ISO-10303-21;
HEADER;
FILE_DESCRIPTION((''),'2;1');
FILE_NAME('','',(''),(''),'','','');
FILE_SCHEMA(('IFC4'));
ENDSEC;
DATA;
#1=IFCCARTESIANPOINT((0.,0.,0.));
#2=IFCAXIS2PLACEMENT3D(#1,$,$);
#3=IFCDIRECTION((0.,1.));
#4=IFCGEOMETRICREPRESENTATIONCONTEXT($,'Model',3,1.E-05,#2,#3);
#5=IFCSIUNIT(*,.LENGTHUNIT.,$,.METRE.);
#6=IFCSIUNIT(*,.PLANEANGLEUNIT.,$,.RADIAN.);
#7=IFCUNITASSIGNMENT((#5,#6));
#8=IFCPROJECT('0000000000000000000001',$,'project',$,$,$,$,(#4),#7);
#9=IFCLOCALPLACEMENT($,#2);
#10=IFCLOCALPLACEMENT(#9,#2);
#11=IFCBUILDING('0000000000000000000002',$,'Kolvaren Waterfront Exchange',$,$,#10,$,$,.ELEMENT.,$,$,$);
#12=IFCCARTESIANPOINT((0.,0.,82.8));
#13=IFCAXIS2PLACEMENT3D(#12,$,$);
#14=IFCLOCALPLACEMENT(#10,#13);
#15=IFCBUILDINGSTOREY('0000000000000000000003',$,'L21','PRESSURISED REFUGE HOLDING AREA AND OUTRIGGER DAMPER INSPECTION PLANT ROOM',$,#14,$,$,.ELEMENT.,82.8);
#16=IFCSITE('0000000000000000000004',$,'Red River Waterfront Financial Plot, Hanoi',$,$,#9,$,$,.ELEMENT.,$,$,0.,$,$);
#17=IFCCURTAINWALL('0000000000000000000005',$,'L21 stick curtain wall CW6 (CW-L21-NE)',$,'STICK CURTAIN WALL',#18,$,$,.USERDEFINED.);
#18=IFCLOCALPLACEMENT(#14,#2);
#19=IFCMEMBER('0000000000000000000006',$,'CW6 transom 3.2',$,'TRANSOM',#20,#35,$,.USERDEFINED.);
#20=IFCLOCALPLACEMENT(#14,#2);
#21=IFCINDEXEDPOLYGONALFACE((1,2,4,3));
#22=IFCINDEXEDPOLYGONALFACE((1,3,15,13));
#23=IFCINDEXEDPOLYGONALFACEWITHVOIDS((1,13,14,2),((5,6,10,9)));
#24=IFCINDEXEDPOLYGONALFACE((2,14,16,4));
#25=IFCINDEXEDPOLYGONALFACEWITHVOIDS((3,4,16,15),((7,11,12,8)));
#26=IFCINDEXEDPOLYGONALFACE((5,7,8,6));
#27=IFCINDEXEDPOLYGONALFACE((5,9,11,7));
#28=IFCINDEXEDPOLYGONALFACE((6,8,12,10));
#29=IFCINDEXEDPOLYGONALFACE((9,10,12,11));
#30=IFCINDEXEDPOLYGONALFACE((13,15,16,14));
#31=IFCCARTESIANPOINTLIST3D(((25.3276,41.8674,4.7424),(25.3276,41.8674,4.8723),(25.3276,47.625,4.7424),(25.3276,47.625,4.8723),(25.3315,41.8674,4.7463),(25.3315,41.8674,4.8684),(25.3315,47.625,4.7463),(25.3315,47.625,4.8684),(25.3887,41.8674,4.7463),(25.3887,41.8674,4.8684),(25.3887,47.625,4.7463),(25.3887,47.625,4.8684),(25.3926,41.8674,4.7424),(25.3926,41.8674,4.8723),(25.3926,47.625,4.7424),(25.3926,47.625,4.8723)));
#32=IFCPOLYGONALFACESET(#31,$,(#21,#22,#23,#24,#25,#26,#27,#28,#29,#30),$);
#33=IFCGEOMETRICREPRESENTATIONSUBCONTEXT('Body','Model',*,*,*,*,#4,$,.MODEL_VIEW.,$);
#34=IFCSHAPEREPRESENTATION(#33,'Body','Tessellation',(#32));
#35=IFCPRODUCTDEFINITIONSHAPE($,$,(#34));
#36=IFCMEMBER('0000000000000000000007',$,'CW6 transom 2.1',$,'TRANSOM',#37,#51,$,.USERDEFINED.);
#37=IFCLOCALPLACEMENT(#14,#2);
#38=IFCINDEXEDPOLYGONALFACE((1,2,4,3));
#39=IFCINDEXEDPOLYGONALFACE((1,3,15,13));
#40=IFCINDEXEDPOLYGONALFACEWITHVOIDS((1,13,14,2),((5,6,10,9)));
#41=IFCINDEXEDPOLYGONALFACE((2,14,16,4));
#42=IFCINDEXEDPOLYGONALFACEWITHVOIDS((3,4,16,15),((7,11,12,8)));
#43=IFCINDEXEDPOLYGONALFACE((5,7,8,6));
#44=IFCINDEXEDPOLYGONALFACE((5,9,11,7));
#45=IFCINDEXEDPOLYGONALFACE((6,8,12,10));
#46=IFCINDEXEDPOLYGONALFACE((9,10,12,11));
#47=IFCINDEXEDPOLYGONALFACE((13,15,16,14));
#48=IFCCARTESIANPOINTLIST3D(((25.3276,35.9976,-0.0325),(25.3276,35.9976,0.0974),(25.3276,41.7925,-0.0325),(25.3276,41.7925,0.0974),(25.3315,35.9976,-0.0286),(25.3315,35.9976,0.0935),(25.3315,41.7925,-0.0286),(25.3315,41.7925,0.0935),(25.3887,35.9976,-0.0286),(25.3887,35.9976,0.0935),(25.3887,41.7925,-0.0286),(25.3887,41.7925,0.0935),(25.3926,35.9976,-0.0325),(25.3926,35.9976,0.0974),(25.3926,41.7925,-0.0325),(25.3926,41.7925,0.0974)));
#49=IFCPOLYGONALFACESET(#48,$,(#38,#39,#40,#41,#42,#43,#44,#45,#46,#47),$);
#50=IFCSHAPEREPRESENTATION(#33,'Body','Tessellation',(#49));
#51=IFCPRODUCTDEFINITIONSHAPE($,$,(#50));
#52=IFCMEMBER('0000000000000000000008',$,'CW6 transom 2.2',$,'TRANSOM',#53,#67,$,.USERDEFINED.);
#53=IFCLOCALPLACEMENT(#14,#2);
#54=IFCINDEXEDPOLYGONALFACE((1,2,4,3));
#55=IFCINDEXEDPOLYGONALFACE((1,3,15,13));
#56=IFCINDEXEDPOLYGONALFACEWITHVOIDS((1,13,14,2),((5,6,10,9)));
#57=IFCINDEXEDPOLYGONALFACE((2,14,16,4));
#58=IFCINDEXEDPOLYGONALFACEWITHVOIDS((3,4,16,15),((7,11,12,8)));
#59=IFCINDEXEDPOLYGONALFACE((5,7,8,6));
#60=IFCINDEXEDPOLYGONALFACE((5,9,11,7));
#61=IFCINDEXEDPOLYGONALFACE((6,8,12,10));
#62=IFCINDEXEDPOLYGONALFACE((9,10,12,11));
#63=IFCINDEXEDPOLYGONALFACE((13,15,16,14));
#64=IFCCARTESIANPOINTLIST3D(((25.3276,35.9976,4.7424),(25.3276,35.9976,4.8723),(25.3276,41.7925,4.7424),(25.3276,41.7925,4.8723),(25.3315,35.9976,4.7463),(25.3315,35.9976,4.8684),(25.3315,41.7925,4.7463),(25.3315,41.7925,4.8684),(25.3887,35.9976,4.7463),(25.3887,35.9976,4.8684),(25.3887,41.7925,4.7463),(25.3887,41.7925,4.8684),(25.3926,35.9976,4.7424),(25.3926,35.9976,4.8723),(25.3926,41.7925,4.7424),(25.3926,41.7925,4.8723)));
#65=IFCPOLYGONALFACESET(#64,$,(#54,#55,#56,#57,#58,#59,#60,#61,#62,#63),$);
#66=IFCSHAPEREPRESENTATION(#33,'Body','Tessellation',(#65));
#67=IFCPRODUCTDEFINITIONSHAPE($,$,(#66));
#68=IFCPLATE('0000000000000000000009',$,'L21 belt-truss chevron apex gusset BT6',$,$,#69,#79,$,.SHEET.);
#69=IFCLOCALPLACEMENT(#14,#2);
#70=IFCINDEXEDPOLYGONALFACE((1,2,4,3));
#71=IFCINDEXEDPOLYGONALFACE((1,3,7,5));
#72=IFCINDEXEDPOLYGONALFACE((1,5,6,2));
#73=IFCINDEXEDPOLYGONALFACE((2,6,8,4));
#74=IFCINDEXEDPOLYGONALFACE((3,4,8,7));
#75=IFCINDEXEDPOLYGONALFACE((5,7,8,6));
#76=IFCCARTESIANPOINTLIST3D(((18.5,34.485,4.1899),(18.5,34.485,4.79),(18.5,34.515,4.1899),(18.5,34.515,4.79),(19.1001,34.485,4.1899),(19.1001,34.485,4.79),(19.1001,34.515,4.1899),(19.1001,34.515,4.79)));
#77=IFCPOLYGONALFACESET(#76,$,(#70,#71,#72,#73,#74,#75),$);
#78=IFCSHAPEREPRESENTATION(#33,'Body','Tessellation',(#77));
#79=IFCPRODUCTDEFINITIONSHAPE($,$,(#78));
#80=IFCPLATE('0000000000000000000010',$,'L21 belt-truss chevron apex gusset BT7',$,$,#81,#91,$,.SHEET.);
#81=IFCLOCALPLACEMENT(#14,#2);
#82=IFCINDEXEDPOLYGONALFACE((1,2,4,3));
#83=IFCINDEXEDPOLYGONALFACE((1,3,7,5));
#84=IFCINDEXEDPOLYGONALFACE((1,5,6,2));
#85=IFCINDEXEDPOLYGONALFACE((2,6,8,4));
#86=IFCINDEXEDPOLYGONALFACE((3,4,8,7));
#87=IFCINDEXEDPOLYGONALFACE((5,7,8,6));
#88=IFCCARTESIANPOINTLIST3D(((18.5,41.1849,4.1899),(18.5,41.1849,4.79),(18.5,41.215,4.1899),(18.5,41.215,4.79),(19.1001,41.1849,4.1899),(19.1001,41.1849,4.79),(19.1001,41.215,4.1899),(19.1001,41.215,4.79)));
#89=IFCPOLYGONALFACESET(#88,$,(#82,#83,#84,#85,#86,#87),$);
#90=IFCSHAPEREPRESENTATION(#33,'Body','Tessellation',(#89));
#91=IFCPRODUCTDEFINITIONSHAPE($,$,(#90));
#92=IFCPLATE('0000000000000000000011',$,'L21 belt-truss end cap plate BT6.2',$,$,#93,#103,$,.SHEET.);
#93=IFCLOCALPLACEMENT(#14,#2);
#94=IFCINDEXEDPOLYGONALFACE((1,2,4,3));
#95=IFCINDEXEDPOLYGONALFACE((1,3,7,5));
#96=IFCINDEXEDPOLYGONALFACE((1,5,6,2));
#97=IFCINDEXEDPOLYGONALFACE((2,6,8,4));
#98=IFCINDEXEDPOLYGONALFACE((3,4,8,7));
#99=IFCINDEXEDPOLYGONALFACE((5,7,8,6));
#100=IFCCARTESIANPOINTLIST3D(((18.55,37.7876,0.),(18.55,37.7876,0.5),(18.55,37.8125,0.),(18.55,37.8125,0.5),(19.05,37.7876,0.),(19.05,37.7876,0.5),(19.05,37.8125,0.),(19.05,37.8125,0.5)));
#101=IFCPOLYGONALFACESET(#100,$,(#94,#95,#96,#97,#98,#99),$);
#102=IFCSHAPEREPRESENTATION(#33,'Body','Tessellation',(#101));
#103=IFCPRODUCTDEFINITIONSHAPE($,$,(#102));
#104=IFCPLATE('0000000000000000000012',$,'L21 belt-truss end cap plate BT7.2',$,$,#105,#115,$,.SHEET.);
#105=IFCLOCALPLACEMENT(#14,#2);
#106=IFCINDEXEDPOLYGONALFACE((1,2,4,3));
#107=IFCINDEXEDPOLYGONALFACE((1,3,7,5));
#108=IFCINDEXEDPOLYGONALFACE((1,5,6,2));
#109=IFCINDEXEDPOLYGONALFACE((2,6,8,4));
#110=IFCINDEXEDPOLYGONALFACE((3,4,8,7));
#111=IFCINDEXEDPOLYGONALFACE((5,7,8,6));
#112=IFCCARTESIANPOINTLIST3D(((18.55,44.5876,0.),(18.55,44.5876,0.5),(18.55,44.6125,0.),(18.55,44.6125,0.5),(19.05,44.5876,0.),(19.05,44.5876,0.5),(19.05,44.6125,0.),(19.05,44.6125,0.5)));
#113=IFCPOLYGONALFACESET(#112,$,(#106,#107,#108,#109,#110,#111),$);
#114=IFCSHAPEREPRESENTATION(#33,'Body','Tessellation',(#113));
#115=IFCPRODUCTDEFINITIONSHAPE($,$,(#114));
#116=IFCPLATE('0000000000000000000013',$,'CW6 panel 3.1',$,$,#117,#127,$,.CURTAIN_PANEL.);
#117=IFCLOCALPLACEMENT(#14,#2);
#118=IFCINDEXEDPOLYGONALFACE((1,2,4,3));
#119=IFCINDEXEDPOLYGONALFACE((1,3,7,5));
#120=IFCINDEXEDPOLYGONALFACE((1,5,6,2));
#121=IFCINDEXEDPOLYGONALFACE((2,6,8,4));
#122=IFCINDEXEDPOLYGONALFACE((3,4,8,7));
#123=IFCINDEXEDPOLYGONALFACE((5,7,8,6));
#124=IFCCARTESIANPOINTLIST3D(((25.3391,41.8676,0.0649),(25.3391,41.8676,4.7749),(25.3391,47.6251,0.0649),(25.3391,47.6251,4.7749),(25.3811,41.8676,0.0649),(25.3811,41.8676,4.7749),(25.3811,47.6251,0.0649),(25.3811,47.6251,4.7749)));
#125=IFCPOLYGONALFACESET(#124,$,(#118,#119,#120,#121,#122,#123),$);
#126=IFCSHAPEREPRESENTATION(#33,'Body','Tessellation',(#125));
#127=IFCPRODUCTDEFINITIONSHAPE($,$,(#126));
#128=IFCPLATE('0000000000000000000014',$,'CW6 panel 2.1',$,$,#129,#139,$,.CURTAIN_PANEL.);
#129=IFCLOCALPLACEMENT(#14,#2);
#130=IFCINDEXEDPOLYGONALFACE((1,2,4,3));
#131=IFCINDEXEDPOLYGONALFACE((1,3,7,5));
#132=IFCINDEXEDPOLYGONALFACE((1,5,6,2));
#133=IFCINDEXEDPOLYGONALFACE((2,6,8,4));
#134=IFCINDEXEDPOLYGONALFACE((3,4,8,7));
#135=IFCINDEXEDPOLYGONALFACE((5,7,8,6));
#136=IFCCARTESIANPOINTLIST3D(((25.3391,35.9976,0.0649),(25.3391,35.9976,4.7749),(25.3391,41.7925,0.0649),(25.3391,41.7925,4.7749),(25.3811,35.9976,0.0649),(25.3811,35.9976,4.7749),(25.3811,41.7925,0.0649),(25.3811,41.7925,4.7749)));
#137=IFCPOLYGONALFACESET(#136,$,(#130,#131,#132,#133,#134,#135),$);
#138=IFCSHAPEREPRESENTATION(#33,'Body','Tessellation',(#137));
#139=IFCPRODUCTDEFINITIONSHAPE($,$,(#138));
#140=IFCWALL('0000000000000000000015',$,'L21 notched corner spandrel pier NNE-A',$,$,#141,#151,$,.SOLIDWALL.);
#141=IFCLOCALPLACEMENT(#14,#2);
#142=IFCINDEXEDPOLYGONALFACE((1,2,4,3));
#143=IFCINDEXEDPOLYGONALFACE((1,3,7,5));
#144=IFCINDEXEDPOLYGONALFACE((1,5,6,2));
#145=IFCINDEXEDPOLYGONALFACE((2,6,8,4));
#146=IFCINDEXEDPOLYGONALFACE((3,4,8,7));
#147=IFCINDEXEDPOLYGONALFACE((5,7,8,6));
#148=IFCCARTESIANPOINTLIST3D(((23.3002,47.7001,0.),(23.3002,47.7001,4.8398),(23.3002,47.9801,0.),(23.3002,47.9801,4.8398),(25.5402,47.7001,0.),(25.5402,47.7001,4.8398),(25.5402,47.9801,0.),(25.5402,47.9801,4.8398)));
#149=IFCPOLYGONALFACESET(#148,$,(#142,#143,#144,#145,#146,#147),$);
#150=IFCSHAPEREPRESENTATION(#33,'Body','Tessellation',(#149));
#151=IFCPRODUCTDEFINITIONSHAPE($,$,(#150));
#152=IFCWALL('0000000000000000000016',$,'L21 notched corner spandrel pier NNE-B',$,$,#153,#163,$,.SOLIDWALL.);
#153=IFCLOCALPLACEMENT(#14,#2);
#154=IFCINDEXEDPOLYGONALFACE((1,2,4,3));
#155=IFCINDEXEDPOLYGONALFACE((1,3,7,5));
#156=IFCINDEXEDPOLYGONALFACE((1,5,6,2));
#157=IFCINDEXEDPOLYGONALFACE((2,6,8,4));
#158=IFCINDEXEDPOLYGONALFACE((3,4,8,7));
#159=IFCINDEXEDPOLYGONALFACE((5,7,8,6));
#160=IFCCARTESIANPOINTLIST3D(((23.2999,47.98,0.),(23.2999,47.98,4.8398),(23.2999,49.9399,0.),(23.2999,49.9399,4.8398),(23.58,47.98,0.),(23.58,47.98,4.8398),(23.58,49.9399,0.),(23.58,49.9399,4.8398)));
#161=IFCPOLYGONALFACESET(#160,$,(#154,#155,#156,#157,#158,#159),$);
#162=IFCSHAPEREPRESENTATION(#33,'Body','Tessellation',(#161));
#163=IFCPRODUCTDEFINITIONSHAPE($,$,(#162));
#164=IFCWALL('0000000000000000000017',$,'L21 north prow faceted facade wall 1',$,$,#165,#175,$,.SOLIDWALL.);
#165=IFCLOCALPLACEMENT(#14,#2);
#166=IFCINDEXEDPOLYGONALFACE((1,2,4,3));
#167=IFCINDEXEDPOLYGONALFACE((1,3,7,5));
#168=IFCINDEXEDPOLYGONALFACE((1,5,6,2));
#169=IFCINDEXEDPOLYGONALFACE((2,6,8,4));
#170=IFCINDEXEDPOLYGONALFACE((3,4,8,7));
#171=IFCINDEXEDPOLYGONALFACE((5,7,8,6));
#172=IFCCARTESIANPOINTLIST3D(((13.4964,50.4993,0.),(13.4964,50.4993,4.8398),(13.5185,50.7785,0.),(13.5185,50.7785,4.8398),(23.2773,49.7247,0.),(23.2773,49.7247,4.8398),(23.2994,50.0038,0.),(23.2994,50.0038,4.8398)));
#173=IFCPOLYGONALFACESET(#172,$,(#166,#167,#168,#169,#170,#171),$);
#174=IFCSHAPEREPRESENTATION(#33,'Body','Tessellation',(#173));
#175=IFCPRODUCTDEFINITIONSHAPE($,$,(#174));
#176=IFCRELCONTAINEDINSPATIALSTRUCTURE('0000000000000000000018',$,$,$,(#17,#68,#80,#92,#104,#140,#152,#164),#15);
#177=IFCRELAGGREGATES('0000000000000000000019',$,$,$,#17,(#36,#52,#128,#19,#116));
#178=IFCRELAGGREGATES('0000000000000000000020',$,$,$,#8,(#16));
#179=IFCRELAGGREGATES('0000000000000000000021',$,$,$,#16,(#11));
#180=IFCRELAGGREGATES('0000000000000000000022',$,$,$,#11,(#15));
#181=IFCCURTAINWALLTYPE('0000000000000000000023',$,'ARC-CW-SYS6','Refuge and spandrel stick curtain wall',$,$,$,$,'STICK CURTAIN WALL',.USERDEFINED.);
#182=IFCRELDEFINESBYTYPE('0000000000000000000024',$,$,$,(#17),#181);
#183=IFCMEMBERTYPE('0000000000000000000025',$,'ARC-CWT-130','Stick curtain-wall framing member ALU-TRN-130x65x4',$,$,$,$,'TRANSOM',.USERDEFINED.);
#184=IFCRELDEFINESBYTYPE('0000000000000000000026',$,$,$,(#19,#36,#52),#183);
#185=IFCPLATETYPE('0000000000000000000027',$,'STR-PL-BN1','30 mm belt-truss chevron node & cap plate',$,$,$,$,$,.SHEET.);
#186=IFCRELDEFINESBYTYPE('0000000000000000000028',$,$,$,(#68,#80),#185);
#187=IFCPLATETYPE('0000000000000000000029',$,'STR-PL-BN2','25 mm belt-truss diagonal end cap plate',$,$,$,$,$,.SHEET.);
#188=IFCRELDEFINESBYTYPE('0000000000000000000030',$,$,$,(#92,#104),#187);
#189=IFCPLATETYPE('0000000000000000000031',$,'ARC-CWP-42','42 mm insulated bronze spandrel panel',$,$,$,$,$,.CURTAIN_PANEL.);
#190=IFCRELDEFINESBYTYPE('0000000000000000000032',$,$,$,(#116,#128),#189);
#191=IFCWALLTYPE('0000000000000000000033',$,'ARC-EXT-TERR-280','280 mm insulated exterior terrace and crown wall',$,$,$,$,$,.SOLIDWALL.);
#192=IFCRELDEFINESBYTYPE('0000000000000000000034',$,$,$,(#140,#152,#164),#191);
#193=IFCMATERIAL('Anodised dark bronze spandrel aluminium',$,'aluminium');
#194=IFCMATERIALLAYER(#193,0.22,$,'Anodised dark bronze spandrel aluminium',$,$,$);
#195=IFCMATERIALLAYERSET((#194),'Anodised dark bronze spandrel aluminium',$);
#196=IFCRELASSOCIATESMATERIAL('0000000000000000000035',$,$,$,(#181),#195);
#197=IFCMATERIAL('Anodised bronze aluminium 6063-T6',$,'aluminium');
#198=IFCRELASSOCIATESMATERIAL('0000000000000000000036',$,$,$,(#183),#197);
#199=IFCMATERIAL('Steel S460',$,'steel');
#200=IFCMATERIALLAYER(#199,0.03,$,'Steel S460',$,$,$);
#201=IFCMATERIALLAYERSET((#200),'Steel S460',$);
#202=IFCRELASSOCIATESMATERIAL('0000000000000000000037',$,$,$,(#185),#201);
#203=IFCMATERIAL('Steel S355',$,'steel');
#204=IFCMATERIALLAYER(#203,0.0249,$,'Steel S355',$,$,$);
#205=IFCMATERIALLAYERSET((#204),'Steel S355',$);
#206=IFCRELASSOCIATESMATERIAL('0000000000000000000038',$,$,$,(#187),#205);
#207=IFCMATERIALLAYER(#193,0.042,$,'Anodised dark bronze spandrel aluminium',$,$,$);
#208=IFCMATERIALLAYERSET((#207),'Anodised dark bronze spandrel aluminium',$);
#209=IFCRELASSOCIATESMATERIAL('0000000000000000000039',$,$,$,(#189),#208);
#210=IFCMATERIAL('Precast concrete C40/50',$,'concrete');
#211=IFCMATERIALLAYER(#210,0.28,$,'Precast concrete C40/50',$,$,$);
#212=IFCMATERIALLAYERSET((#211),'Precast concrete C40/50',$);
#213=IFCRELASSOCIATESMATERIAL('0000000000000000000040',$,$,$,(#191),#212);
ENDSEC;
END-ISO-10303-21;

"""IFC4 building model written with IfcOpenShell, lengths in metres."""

from ifc_helpers import new_model, si_unit, direction, frame, frame_2d, origin, origin_with_axes, origin_2d, place, context, subcontext, project, spatial, rectangle, hollow_rectangle, extrude, source, transform, mapped, material, layer, layer_set, material_profile, profile_set, type_object, element, aggregate, save


model = new_model("IFC4")

# Units and contexts
model_context = context("Model", 3, precision=1e-05, world=origin(), true_north=direction((0.0, 1.0)))
body_context = subcontext(model_context, "Body", "Model", "MODEL_VIEW")
ifc_project = project(units=[si_unit("LENGTHUNIT", "METRE"), si_unit("PLANEANGLEUNIT", "RADIAN")], contexts=[model_context])

# Site, building, storey
site_placement = place(None, origin())
site = spatial("IfcSite", under=ifc_project, at=site_placement, Name="Red River Waterfront Financial Plot, Hanoi", CompositionType="ELEMENT", RefElevation=0.0)
building_placement = place(site_placement, origin())
building = spatial("IfcBuilding", under=site, at=building_placement, Name="Kolvaren Waterfront Exchange", CompositionType="ELEMENT")
storey_placement = place(building_placement, frame((0.0, 0.0, 82.8)))
storey = spatial("IfcBuildingStorey", under=building, at=storey_placement, Name="L21", Description="PRESSURISED REFUGE HOLDING AREA AND OUTRIGGER DAMPER INSPECTION PLANT ROOM", CompositionType="ELEMENT", Elevation=82.8)

# Shared definitions
ifc_material_1 = material(Name="Steel S460", Category="steel")

# Curtain wall, members
ifc_material_2 = material(Name="Anodised dark bronze spandrel aluminium", Category="aluminium")
ifc_layer_1 = layer(ifc_material_2, 0.22, Name="Anodised dark bronze spandrel aluminium")
ifc_layer_set_1 = layer_set([ifc_layer_1], Name="Anodised dark bronze spandrel aluminium")
curtain_wall_type = type_object("IfcCurtainWallType", Name="ARC-CW-SYS6", Description="Refuge and spandrel stick curtain wall", ElementType="STICK CURTAIN WALL", PredefinedType="USERDEFINED", material=ifc_layer_set_1)
curtain_wall_placement = place(storey_placement, origin())
curtain_wall = element("IfcCurtainWall", 1, at=curtain_wall_placement, inside=storey, type_object=curtain_wall_type, Name="L21 stick curtain wall CW6 (CW-L21-NE)", ObjectType="STICK CURTAIN WALL", PredefinedType="USERDEFINED")
ifc_material_3 = material(Name="Anodised bronze aluminium 6063-T6", Category="aluminium")
ifc_material_profile_1 = material_profile(ifc_material_3, hollow_rectangle(XDim=0.0649, YDim=0.1299, WallThickness=0.0039, at=origin_2d()), Name="ALU-TRN-130x65x4")
ifc_profile_set_1 = profile_set([ifc_material_profile_1], Name="Anodised bronze aluminium 6063-T6")
member_type_1 = type_object("IfcMemberType", Name="ARC-CWT-130", Description="Stick curtain-wall framing member ALU-TRN-130x65x4", ElementType="TRANSOM", PredefinedType="USERDEFINED", material=ifc_profile_set_1)
shared_shape_1 = source(origin_with_axes(), body_context, "Body", "SweptSolid", [
    extrude(hollow_rectangle(XDim=0.0649, YDim=0.1299, WallThickness=0.0039, at=origin_2d()), origin(), (0.0, 0.0, 1.0), 5.7576),
])
member_1_placement = place(storey_placement, frame((25.3601, 41.8674, 4.8074), z_axis=(0.0, 1.0, 0.0), x_axis=(-1.0, 0.0, 0.0)))
member_1 = element("IfcMember", 2, at=member_1_placement, type_object=member_type_1, Name="CW6 transom 3.2", ObjectType="TRANSOM", PredefinedType="USERDEFINED", context=body_context, shape_type="MappedRepresentation", body=[
    mapped(shared_shape_1, transform((0.0, 0.0, 0.0), x_axis=(1.0, 0.0, 0.0), y_axis=(0.0, 1.0, 0.0), z_axis=(0.0, 0.0, 1.0), scale=1.0)),
])
shared_shape_2 = source(origin_with_axes(), body_context, "Body", "SweptSolid", [
    extrude(hollow_rectangle(XDim=0.0649, YDim=0.1299, WallThickness=0.0039, at=origin_2d()), origin(), (0.0, 0.0, 1.0), 5.7949),
])
member_2_placement = place(storey_placement, frame((25.3601, 35.9976, 0.0325), z_axis=(0.0, 1.0, 0.0), x_axis=(-1.0, 0.0, 0.0)))
member_2 = element("IfcMember", 3, at=member_2_placement, type_object=member_type_1, Name="CW6 transom 2.1", ObjectType="TRANSOM", PredefinedType="USERDEFINED", context=body_context, shape_type="MappedRepresentation", body=[
    mapped(shared_shape_2, transform((0.0, 0.0, 0.0), x_axis=(1.0, 0.0, 0.0), y_axis=(0.0, 1.0, 0.0), z_axis=(0.0, 0.0, 1.0), scale=1.0)),
])
member_3_placement = place(storey_placement, frame((25.3601, 35.9976, 4.8074), z_axis=(0.0, 1.0, 0.0), x_axis=(-1.0, 0.0, 0.0)))
member_3 = element("IfcMember", 4, at=member_3_placement, type_object=member_type_1, Name="CW6 transom 2.2", ObjectType="TRANSOM", PredefinedType="USERDEFINED", context=body_context, shape_type="MappedRepresentation", body=[
    mapped(shared_shape_2, transform((0.0, 0.0, 0.0), x_axis=(1.0, 0.0, 0.0), y_axis=(0.0, 1.0, 0.0), z_axis=(0.0, 0.0, 1.0), scale=1.0)),
])

# Plates
ifc_layer_2 = layer(ifc_material_1, 0.03, Name="Steel S460")
ifc_layer_set_2 = layer_set([ifc_layer_2], Name="Steel S460")
plate_type_1 = type_object("IfcPlateType", Name="STR-PL-BN1", Description="30 mm belt-truss chevron node & cap plate", PredefinedType="SHEET", material=ifc_layer_set_2)
shared_shape_3 = source(origin_with_axes(), body_context, "Body", "SweptSolid", [
    extrude(rectangle(XDim=0.6001, YDim=0.03, at=origin_2d()), origin(), (0.0, 0.0, 1.0), 0.6001),
])
for number, where, z_axis, x_axis, name in (
    (5, (18.8, 34.5, 4.1899), (0.0, 0.0, 1.0), (1.0, 0.0, 0.0), "L21 belt-truss chevron apex gusset BT6"),
    (6, (18.8, 41.2, 4.1899), (0.0, 0.0, 1.0), (1.0, 0.0, 0.0), "L21 belt-truss chevron apex gusset BT7"),
):
    element("IfcPlate", number, at=place(storey_placement, frame(where, z_axis=z_axis, x_axis=x_axis)), inside=storey, type_object=plate_type_1, Name=name, PredefinedType="SHEET", context=body_context, shape_type="MappedRepresentation", body=[
        mapped(shared_shape_3, transform((0.0, 0.0, 0.0), x_axis=(1.0, 0.0, 0.0), y_axis=(0.0, 1.0, 0.0), z_axis=(0.0, 0.0, 1.0), scale=1.0)),
    ])
ifc_material_4 = material(Name="Steel S355", Category="steel")
ifc_layer_3 = layer(ifc_material_4, 0.0249, Name="Steel S355")
ifc_layer_set_3 = layer_set([ifc_layer_3], Name="Steel S355")
plate_type_2 = type_object("IfcPlateType", Name="STR-PL-BN2", Description="25 mm belt-truss diagonal end cap plate", PredefinedType="SHEET", material=ifc_layer_set_3)
shared_shape_4 = source(origin_with_axes(), body_context, "Body", "SweptSolid", [
    extrude(rectangle(XDim=0.5, YDim=0.0249, at=origin_2d()), origin(), (0.0, 0.0, 1.0), 0.5),
])
for number, where, z_axis, x_axis, name in (
    (7, (18.8, 37.8, 0.0), (0.0, 0.0, 1.0), (1.0, 0.0, 0.0), "L21 belt-truss end cap plate BT6.2"),
    (8, (18.8, 44.6001, 0.0), (0.0, 0.0, 1.0), (1.0, 0.0, 0.0), "L21 belt-truss end cap plate BT7.2"),
):
    element("IfcPlate", number, at=place(storey_placement, frame(where, z_axis=z_axis, x_axis=x_axis)), inside=storey, type_object=plate_type_2, Name=name, PredefinedType="SHEET", context=body_context, shape_type="MappedRepresentation", body=[
        mapped(shared_shape_4, transform((0.0, 0.0, 0.0), x_axis=(1.0, 0.0, 0.0), y_axis=(0.0, 1.0, 0.0), z_axis=(0.0, 0.0, 1.0), scale=1.0)),
    ])

# Plates
ifc_layer_4 = layer(ifc_material_2, 0.042, Name="Anodised dark bronze spandrel aluminium")
ifc_layer_set_4 = layer_set([ifc_layer_4], Name="Anodised dark bronze spandrel aluminium")
plate_type_3 = type_object("IfcPlateType", Name="ARC-CWP-42", Description="42 mm insulated bronze spandrel panel", PredefinedType="CURTAIN_PANEL", material=ifc_layer_set_4)
shared_shape_5 = source(origin_with_axes(), body_context, "Body", "SweptSolid", [
    extrude(rectangle(XDim=5.7576, YDim=0.042, at=origin_2d()), origin(), (0.0, 0.0, 1.0), 4.71),
])
plate_1_placement = place(storey_placement, frame((25.3601, 44.7463, 0.0649), z_axis=(0.0, 0.0, 1.0), x_axis=(0.0, 1.0, 0.0)))
plate_1 = element("IfcPlate", 9, at=plate_1_placement, type_object=plate_type_3, Name="CW6 panel 3.1", PredefinedType="CURTAIN_PANEL", context=body_context, shape_type="MappedRepresentation", body=[
    mapped(shared_shape_5, transform((0.0, 0.0, 0.0), x_axis=(1.0, 0.0, 0.0), y_axis=(0.0, 1.0, 0.0), z_axis=(0.0, 0.0, 1.0), scale=1.0)),
])
shared_shape_6 = source(origin_with_axes(), body_context, "Body", "SweptSolid", [
    extrude(rectangle(XDim=5.7949, YDim=0.042, at=origin_2d()), origin(), (0.0, 0.0, 1.0), 4.71),
])
plate_2_placement = place(storey_placement, frame((25.3601, 38.895, 0.0649), z_axis=(0.0, 0.0, 1.0), x_axis=(0.0, 1.0, 0.0)))
plate_2 = element("IfcPlate", 10, at=plate_2_placement, type_object=plate_type_3, Name="CW6 panel 2.1", PredefinedType="CURTAIN_PANEL", context=body_context, shape_type="MappedRepresentation", body=[
    mapped(shared_shape_6, transform((0.0, 0.0, 0.0), x_axis=(1.0, 0.0, 0.0), y_axis=(0.0, 1.0, 0.0), z_axis=(0.0, 0.0, 1.0), scale=1.0)),
])
aggregate(curtain_wall, [member_2, member_3, plate_2, member_1, plate_1])

# Walls
ifc_material_5 = material(Name="Precast concrete C40/50", Category="concrete")
ifc_layer_5 = layer(ifc_material_5, 0.28, Name="Precast concrete C40/50")
ifc_layer_set_5 = layer_set([ifc_layer_5], Name="Precast concrete C40/50")
wall_type = type_object("IfcWallType", Name="ARC-EXT-TERR-280", Description="280 mm insulated exterior terrace and crown wall", PredefinedType="SOLIDWALL", material=ifc_layer_set_5)
wall_1_placement = place(storey_placement, frame((23.3, 47.8401, 0.0), z_axis=(0.0, 0.0, 1.0), x_axis=(1.0, 0.0, 0.0)))
element("IfcWall", 11, at=wall_1_placement, inside=storey, type_object=wall_type, Name="L21 notched corner spandrel pier NNE-A", PredefinedType="SOLIDWALL", context=body_context, shape_type="SweptSolid", body=[
    extrude(rectangle(XDim=2.24, YDim=0.28, at=frame_2d((1.1201, 0.0))), origin(), (0.0, 0.0, 1.0), 4.8398),
])
wall_2_placement = place(storey_placement, frame((23.4399, 47.98, 0.0), z_axis=(0.0, 0.0, 1.0), x_axis=(0.0, 1.0, 0.0)))
element("IfcWall", 12, at=wall_2_placement, inside=storey, type_object=wall_type, Name="L21 notched corner spandrel pier NNE-B", PredefinedType="SOLIDWALL", context=body_context, shape_type="SweptSolid", body=[
    extrude(rectangle(XDim=1.96, YDim=0.28, at=frame_2d((0.98, 0.0))), origin(), (0.0, 0.0, 1.0), 4.8398),
])
wall_3_placement = place(storey_placement, frame((23.2883, 49.8643, 0.0), z_axis=(0.0, 0.0, 1.0), x_axis=(-0.996878, 0.078953, 0.0)))
element("IfcWall", 13, at=wall_3_placement, inside=storey, type_object=wall_type, Name="L21 north prow faceted facade wall 1", PredefinedType="SOLIDWALL", context=body_context, shape_type="SweptSolid", body=[
    extrude(rectangle(XDim=9.8115, YDim=0.28, at=frame_2d((4.9058, 0.0))), origin(), (0.0, 0.0, 1.0), 4.8398),
])

save(model, "model.ifc")
